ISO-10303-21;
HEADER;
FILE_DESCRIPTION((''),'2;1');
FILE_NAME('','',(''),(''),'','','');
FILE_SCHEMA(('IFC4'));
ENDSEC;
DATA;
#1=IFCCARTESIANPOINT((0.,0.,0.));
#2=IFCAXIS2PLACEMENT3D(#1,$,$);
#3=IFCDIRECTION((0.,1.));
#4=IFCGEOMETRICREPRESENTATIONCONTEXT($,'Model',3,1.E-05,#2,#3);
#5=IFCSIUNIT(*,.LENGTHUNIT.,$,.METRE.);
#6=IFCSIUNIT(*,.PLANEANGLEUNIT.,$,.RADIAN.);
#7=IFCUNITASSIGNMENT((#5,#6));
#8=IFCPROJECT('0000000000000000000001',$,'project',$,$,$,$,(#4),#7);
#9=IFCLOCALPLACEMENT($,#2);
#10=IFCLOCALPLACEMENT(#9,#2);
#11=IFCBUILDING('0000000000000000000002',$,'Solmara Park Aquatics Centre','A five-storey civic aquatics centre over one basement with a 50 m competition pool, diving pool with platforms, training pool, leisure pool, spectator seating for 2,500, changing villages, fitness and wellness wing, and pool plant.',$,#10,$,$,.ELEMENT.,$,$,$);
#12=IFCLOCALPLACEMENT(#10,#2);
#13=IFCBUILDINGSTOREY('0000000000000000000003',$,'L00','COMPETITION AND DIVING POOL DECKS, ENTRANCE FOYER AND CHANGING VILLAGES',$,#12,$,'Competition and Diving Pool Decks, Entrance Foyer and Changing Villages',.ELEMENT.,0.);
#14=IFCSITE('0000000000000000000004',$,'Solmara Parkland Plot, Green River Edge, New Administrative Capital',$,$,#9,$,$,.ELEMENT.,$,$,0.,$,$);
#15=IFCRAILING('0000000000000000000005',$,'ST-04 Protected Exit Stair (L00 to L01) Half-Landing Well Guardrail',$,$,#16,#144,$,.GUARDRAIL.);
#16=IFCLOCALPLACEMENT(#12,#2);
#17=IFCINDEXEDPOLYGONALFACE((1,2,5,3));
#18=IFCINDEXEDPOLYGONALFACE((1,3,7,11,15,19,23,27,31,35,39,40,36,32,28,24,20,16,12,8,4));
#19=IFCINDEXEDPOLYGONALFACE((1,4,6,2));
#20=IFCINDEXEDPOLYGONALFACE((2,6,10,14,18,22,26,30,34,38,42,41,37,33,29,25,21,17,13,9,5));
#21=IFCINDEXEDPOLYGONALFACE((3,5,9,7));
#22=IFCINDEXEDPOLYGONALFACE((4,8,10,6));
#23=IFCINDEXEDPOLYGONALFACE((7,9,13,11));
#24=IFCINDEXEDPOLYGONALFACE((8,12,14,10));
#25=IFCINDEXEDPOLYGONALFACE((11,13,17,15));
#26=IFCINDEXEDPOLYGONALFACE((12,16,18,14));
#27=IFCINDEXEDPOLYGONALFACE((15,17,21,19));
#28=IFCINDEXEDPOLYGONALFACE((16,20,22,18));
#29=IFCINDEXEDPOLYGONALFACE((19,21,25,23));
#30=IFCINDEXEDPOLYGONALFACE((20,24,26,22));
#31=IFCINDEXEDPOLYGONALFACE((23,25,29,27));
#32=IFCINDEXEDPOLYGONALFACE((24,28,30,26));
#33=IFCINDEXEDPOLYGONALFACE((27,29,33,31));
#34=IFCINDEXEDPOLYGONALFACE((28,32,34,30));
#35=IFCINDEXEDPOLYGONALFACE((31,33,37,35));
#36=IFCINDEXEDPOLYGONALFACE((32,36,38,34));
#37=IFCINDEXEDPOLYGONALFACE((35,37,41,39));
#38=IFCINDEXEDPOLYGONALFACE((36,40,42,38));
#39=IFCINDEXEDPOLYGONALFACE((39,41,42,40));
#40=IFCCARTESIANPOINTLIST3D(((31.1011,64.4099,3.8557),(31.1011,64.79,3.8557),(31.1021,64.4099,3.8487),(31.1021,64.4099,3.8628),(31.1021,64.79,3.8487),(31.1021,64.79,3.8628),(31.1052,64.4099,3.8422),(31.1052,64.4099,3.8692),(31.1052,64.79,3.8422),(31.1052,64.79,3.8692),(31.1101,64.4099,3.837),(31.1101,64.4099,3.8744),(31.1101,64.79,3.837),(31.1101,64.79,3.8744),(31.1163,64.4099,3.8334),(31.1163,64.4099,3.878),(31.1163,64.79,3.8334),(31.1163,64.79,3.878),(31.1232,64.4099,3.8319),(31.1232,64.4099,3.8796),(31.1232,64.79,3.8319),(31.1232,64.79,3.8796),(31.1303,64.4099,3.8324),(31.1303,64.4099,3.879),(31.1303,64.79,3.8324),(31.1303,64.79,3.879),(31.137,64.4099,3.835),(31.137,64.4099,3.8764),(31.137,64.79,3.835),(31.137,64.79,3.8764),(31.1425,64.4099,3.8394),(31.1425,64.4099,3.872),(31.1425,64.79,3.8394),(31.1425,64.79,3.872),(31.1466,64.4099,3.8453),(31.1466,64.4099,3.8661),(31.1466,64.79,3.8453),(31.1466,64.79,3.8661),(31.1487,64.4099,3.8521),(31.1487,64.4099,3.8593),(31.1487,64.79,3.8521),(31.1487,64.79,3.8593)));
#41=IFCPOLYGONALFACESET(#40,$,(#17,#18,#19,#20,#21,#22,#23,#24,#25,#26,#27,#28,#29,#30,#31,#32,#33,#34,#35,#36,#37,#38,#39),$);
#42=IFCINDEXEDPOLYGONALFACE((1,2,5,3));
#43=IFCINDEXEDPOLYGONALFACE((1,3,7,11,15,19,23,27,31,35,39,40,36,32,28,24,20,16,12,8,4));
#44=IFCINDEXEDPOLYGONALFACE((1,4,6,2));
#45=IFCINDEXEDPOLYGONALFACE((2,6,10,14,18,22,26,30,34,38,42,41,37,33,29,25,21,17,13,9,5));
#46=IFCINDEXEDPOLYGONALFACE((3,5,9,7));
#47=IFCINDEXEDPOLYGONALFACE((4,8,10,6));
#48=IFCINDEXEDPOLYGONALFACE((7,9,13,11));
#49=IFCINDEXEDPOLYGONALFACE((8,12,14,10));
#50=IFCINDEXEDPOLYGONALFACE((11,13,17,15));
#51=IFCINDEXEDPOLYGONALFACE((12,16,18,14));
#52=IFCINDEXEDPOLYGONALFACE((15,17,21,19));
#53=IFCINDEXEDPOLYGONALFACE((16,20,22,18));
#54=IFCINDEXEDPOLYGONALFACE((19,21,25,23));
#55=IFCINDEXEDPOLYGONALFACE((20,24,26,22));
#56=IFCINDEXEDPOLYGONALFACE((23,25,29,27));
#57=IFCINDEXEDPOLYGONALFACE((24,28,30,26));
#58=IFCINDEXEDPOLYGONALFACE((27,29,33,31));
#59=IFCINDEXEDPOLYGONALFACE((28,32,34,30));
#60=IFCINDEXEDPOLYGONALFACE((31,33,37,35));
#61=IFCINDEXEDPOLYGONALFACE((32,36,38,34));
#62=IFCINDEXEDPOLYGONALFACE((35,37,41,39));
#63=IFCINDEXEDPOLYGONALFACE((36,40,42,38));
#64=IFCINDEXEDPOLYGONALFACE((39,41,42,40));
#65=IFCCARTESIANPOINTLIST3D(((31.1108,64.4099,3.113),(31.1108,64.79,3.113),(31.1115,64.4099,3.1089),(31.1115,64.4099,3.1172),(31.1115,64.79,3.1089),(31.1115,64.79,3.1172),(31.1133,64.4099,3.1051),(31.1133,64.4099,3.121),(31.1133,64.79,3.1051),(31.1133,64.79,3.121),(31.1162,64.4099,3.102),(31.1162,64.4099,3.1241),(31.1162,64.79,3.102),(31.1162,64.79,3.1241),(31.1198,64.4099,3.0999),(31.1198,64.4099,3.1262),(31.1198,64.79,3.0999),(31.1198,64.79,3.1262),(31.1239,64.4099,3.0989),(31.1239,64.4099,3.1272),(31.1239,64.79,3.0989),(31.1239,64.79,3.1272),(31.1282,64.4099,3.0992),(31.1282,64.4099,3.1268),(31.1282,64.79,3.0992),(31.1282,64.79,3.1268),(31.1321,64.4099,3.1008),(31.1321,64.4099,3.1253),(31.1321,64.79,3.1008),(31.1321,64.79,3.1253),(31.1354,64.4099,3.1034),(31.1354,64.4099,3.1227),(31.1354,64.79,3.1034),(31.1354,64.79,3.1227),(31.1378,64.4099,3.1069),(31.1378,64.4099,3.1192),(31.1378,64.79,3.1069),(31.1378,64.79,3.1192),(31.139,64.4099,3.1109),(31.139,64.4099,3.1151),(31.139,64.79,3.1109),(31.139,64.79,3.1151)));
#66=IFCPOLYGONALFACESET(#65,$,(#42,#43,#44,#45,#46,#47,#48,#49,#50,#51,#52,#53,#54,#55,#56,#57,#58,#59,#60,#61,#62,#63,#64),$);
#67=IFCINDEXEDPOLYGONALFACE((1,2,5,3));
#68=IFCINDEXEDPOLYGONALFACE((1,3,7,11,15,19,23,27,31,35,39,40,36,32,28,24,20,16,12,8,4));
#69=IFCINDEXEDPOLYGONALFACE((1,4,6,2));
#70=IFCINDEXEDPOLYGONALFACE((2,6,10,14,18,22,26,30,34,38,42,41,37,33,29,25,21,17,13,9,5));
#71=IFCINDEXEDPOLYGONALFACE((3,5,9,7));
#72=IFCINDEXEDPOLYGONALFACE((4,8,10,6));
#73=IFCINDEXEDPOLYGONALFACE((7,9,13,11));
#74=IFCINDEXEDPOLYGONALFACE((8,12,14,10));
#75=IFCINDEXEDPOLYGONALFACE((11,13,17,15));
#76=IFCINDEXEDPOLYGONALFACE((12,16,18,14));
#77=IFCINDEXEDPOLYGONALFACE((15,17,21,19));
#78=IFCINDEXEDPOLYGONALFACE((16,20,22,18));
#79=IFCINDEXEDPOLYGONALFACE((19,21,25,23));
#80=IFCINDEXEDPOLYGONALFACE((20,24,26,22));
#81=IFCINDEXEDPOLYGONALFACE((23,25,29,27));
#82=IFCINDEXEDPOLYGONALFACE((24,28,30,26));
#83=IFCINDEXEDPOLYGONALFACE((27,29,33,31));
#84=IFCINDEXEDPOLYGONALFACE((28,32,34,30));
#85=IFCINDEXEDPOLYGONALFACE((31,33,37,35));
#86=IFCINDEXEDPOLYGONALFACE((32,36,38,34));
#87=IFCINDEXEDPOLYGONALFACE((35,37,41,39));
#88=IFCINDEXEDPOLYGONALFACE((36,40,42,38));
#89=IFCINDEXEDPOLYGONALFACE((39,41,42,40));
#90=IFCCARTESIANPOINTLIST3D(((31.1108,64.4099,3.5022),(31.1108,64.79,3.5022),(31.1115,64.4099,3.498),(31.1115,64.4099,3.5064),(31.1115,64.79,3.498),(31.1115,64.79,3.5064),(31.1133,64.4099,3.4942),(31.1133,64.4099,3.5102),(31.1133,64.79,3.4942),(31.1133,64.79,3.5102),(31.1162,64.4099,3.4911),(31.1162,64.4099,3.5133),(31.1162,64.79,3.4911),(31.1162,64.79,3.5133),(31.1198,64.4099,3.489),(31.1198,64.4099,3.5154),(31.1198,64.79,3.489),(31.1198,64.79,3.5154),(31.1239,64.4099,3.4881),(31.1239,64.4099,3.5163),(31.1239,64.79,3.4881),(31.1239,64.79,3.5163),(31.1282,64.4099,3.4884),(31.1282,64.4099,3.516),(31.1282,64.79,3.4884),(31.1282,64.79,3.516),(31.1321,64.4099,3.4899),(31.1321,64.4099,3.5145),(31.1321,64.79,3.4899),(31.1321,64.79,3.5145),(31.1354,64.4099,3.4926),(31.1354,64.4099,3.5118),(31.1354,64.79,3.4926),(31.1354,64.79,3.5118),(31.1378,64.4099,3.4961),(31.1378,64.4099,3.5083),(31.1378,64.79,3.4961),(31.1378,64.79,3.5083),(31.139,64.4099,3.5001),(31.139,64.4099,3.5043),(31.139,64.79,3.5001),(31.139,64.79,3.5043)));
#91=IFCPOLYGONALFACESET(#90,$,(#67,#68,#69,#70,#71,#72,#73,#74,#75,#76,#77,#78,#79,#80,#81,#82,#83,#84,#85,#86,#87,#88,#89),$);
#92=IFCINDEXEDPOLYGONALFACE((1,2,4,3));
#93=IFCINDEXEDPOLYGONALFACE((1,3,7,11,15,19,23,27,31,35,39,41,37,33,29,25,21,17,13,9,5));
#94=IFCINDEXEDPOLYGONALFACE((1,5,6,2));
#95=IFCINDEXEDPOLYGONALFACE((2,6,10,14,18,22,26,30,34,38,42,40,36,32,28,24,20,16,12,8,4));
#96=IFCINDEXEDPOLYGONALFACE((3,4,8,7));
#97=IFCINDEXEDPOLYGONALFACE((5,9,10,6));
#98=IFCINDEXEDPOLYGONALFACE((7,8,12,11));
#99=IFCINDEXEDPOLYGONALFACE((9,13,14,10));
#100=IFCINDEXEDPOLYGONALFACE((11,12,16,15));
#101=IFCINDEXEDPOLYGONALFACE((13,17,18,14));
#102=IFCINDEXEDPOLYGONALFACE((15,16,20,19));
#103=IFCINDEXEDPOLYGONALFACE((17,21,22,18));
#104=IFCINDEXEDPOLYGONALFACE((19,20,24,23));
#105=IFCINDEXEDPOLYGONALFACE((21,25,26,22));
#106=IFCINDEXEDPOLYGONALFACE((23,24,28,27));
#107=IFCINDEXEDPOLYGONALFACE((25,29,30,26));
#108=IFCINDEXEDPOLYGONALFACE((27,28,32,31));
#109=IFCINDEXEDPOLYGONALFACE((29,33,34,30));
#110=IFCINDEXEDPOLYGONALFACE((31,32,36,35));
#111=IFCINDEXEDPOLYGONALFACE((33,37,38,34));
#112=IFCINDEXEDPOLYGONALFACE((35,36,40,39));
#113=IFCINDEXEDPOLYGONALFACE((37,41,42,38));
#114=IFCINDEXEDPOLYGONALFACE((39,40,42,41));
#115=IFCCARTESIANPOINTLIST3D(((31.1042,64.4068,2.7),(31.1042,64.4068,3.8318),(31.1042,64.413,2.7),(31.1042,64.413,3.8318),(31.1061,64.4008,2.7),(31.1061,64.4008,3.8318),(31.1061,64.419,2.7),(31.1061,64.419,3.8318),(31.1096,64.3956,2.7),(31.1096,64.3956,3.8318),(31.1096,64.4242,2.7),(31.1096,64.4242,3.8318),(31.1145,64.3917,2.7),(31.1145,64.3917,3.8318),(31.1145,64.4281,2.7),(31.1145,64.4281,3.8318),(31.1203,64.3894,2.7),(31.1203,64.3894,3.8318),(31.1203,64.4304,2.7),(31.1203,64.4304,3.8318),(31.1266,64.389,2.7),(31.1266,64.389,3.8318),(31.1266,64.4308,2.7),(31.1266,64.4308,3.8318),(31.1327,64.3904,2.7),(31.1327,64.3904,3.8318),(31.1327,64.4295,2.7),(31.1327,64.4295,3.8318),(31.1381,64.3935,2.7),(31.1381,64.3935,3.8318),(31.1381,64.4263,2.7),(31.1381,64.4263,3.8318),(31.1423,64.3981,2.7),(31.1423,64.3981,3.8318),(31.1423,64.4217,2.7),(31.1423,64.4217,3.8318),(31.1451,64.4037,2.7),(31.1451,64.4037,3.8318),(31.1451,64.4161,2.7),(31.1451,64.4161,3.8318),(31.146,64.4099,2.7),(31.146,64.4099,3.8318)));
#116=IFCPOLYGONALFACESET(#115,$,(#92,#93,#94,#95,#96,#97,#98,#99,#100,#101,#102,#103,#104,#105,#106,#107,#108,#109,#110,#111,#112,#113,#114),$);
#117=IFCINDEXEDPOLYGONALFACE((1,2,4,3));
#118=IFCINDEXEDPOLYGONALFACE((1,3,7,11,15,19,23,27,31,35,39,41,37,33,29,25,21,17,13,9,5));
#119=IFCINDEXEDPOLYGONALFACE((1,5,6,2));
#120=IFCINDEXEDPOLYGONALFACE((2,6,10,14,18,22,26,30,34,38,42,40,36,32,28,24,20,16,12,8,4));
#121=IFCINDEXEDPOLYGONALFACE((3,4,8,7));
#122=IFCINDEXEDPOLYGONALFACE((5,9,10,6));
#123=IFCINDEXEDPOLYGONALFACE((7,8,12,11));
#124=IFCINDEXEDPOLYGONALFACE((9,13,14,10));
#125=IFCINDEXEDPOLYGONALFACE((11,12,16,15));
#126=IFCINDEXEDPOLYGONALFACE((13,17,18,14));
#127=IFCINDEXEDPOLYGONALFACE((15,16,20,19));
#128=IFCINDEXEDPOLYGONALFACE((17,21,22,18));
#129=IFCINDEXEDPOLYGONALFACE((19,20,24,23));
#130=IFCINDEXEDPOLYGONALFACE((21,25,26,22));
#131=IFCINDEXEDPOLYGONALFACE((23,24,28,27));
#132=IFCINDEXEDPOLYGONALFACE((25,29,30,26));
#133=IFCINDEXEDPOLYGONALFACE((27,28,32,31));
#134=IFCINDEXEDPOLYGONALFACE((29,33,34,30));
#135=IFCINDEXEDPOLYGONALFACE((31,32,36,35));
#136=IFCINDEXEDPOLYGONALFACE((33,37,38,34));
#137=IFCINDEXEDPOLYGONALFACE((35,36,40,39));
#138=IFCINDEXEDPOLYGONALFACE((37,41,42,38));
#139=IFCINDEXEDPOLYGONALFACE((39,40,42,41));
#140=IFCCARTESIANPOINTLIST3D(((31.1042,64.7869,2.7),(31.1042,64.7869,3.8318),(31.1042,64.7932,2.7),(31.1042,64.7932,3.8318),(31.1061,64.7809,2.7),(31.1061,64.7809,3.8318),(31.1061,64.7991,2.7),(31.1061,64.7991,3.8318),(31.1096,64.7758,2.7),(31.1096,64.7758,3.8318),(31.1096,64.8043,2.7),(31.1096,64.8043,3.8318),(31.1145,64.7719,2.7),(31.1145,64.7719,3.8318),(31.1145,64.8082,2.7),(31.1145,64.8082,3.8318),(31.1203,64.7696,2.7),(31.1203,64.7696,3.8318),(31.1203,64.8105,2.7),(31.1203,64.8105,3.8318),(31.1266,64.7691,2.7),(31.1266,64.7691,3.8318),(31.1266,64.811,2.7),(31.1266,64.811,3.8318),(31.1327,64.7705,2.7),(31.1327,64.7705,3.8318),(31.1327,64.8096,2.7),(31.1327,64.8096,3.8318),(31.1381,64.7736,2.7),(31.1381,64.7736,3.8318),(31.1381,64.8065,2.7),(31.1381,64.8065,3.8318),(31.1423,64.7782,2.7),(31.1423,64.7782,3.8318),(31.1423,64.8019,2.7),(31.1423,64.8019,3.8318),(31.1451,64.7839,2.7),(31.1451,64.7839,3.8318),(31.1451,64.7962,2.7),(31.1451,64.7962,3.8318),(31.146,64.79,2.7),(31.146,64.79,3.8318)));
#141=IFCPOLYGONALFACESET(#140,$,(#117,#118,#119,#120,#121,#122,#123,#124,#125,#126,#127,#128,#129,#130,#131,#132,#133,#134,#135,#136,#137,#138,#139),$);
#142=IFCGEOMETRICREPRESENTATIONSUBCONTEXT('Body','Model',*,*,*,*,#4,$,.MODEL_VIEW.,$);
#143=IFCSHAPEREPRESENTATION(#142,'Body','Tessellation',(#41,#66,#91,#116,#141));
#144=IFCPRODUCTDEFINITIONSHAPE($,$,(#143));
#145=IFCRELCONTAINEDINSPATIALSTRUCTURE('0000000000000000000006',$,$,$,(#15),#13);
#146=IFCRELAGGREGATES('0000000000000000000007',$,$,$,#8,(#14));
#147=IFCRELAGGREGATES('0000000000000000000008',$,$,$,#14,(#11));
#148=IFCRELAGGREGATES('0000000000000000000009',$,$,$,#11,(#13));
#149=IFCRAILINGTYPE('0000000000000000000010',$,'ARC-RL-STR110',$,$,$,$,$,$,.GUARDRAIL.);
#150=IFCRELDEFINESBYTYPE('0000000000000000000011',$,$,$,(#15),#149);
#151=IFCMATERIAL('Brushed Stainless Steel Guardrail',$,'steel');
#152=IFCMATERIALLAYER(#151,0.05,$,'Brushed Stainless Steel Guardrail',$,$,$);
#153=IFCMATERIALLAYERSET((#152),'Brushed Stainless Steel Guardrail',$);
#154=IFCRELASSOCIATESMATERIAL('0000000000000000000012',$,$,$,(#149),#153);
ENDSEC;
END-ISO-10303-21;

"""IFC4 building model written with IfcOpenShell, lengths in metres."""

from ifc_helpers import new_model, si_unit, direction, frame, origin, origin_2d, place, context, subcontext, project, spatial, circle, extrude, material, layer, layer_set, type_object, element, save


model = new_model("IFC4")

# Units and contexts
model_context = context("Model", 3, precision=1e-05, world=origin(), true_north=direction((0.0, 1.0)))
body_context = subcontext(model_context, "Body", "Model", "MODEL_VIEW")
ifc_project = project(units=[si_unit("LENGTHUNIT", "METRE"), si_unit("PLANEANGLEUNIT", "RADIAN")], contexts=[model_context])

# Site, building, storey
site_placement = place(None, origin())
site = spatial("IfcSite", under=ifc_project, at=site_placement, Name="Solmara Parkland Plot, Green River Edge, New Administrative Capital", CompositionType="ELEMENT", RefElevation=0.0)
building_placement = place(site_placement, origin())
building = spatial("IfcBuilding", under=site, at=building_placement, Name="Solmara Park Aquatics Centre", Description="A five-storey civic aquatics centre over one basement with a 50 m competition pool, diving pool with platforms, training pool, leisure pool, spectator seating for 2,500, changing villages, fitness and wellness wing, and pool plant.", CompositionType="ELEMENT")
storey_placement = place(building_placement, origin())
storey = spatial("IfcBuildingStorey", under=building, at=storey_placement, Name="L00", Description="COMPETITION AND DIVING POOL DECKS, ENTRANCE FOYER AND CHANGING VILLAGES", LongName="Competition and Diving Pool Decks, Entrance Foyer and Changing Villages", CompositionType="ELEMENT", Elevation=0.0)

# Railing
ifc_material_1 = material(Name="Brushed Stainless Steel Guardrail", Category="steel")
ifc_layer_1 = layer(ifc_material_1, 0.05, Name="Brushed Stainless Steel Guardrail")
ifc_layer_set_1 = layer_set([ifc_layer_1], Name="Brushed Stainless Steel Guardrail")
railing_type_1 = type_object("IfcRailingType", Name="ARC-RL-STR110", PredefinedType="GUARDRAIL", material=ifc_layer_set_1)
railing_1_placement = place(storey_placement, frame((31.125, 64.4099, 2.7)))
element("IfcRailing", 1, at=railing_1_placement, inside=storey, type_object=railing_type_1, Name="ST-04 Protected Exit Stair (L00 to L01) Half-Landing Well Guardrail", PredefinedType="GUARDRAIL", context=body_context, shape_type="SweptSolid", body=[
    extrude(circle(Radius=0.0239, at=origin_2d()), frame((0.0, 0.0, 1.1558), z_axis=(0.0, 1.0, 0.0), x_axis=(-1.0, 0.0, 0.0)), (0.0, 0.0, 1.0), 0.3801),
    extrude(circle(Radius=0.0142, at=origin_2d()), frame((0.0, 0.0, 0.4131), z_axis=(0.0, 1.0, 0.0), x_axis=(-1.0, 0.0, 0.0)), (0.0, 0.0, 1.0), 0.3801),
    extrude(circle(Radius=0.0142, at=origin_2d()), frame((0.0, 0.0, 0.8022), z_axis=(0.0, 1.0, 0.0), x_axis=(-1.0, 0.0, 0.0)), (0.0, 0.0, 1.0), 0.3801),
    extrude(circle(Radius=0.021, at=origin_2d()), origin(), (0.0, 0.0, 1.0), 1.1318),
    extrude(circle(Radius=0.021, at=origin_2d()), frame((0.0, 0.3801, 0.0)), (0.0, 0.0, 1.0), 1.1318),
])

save(model, "model.ifc")
